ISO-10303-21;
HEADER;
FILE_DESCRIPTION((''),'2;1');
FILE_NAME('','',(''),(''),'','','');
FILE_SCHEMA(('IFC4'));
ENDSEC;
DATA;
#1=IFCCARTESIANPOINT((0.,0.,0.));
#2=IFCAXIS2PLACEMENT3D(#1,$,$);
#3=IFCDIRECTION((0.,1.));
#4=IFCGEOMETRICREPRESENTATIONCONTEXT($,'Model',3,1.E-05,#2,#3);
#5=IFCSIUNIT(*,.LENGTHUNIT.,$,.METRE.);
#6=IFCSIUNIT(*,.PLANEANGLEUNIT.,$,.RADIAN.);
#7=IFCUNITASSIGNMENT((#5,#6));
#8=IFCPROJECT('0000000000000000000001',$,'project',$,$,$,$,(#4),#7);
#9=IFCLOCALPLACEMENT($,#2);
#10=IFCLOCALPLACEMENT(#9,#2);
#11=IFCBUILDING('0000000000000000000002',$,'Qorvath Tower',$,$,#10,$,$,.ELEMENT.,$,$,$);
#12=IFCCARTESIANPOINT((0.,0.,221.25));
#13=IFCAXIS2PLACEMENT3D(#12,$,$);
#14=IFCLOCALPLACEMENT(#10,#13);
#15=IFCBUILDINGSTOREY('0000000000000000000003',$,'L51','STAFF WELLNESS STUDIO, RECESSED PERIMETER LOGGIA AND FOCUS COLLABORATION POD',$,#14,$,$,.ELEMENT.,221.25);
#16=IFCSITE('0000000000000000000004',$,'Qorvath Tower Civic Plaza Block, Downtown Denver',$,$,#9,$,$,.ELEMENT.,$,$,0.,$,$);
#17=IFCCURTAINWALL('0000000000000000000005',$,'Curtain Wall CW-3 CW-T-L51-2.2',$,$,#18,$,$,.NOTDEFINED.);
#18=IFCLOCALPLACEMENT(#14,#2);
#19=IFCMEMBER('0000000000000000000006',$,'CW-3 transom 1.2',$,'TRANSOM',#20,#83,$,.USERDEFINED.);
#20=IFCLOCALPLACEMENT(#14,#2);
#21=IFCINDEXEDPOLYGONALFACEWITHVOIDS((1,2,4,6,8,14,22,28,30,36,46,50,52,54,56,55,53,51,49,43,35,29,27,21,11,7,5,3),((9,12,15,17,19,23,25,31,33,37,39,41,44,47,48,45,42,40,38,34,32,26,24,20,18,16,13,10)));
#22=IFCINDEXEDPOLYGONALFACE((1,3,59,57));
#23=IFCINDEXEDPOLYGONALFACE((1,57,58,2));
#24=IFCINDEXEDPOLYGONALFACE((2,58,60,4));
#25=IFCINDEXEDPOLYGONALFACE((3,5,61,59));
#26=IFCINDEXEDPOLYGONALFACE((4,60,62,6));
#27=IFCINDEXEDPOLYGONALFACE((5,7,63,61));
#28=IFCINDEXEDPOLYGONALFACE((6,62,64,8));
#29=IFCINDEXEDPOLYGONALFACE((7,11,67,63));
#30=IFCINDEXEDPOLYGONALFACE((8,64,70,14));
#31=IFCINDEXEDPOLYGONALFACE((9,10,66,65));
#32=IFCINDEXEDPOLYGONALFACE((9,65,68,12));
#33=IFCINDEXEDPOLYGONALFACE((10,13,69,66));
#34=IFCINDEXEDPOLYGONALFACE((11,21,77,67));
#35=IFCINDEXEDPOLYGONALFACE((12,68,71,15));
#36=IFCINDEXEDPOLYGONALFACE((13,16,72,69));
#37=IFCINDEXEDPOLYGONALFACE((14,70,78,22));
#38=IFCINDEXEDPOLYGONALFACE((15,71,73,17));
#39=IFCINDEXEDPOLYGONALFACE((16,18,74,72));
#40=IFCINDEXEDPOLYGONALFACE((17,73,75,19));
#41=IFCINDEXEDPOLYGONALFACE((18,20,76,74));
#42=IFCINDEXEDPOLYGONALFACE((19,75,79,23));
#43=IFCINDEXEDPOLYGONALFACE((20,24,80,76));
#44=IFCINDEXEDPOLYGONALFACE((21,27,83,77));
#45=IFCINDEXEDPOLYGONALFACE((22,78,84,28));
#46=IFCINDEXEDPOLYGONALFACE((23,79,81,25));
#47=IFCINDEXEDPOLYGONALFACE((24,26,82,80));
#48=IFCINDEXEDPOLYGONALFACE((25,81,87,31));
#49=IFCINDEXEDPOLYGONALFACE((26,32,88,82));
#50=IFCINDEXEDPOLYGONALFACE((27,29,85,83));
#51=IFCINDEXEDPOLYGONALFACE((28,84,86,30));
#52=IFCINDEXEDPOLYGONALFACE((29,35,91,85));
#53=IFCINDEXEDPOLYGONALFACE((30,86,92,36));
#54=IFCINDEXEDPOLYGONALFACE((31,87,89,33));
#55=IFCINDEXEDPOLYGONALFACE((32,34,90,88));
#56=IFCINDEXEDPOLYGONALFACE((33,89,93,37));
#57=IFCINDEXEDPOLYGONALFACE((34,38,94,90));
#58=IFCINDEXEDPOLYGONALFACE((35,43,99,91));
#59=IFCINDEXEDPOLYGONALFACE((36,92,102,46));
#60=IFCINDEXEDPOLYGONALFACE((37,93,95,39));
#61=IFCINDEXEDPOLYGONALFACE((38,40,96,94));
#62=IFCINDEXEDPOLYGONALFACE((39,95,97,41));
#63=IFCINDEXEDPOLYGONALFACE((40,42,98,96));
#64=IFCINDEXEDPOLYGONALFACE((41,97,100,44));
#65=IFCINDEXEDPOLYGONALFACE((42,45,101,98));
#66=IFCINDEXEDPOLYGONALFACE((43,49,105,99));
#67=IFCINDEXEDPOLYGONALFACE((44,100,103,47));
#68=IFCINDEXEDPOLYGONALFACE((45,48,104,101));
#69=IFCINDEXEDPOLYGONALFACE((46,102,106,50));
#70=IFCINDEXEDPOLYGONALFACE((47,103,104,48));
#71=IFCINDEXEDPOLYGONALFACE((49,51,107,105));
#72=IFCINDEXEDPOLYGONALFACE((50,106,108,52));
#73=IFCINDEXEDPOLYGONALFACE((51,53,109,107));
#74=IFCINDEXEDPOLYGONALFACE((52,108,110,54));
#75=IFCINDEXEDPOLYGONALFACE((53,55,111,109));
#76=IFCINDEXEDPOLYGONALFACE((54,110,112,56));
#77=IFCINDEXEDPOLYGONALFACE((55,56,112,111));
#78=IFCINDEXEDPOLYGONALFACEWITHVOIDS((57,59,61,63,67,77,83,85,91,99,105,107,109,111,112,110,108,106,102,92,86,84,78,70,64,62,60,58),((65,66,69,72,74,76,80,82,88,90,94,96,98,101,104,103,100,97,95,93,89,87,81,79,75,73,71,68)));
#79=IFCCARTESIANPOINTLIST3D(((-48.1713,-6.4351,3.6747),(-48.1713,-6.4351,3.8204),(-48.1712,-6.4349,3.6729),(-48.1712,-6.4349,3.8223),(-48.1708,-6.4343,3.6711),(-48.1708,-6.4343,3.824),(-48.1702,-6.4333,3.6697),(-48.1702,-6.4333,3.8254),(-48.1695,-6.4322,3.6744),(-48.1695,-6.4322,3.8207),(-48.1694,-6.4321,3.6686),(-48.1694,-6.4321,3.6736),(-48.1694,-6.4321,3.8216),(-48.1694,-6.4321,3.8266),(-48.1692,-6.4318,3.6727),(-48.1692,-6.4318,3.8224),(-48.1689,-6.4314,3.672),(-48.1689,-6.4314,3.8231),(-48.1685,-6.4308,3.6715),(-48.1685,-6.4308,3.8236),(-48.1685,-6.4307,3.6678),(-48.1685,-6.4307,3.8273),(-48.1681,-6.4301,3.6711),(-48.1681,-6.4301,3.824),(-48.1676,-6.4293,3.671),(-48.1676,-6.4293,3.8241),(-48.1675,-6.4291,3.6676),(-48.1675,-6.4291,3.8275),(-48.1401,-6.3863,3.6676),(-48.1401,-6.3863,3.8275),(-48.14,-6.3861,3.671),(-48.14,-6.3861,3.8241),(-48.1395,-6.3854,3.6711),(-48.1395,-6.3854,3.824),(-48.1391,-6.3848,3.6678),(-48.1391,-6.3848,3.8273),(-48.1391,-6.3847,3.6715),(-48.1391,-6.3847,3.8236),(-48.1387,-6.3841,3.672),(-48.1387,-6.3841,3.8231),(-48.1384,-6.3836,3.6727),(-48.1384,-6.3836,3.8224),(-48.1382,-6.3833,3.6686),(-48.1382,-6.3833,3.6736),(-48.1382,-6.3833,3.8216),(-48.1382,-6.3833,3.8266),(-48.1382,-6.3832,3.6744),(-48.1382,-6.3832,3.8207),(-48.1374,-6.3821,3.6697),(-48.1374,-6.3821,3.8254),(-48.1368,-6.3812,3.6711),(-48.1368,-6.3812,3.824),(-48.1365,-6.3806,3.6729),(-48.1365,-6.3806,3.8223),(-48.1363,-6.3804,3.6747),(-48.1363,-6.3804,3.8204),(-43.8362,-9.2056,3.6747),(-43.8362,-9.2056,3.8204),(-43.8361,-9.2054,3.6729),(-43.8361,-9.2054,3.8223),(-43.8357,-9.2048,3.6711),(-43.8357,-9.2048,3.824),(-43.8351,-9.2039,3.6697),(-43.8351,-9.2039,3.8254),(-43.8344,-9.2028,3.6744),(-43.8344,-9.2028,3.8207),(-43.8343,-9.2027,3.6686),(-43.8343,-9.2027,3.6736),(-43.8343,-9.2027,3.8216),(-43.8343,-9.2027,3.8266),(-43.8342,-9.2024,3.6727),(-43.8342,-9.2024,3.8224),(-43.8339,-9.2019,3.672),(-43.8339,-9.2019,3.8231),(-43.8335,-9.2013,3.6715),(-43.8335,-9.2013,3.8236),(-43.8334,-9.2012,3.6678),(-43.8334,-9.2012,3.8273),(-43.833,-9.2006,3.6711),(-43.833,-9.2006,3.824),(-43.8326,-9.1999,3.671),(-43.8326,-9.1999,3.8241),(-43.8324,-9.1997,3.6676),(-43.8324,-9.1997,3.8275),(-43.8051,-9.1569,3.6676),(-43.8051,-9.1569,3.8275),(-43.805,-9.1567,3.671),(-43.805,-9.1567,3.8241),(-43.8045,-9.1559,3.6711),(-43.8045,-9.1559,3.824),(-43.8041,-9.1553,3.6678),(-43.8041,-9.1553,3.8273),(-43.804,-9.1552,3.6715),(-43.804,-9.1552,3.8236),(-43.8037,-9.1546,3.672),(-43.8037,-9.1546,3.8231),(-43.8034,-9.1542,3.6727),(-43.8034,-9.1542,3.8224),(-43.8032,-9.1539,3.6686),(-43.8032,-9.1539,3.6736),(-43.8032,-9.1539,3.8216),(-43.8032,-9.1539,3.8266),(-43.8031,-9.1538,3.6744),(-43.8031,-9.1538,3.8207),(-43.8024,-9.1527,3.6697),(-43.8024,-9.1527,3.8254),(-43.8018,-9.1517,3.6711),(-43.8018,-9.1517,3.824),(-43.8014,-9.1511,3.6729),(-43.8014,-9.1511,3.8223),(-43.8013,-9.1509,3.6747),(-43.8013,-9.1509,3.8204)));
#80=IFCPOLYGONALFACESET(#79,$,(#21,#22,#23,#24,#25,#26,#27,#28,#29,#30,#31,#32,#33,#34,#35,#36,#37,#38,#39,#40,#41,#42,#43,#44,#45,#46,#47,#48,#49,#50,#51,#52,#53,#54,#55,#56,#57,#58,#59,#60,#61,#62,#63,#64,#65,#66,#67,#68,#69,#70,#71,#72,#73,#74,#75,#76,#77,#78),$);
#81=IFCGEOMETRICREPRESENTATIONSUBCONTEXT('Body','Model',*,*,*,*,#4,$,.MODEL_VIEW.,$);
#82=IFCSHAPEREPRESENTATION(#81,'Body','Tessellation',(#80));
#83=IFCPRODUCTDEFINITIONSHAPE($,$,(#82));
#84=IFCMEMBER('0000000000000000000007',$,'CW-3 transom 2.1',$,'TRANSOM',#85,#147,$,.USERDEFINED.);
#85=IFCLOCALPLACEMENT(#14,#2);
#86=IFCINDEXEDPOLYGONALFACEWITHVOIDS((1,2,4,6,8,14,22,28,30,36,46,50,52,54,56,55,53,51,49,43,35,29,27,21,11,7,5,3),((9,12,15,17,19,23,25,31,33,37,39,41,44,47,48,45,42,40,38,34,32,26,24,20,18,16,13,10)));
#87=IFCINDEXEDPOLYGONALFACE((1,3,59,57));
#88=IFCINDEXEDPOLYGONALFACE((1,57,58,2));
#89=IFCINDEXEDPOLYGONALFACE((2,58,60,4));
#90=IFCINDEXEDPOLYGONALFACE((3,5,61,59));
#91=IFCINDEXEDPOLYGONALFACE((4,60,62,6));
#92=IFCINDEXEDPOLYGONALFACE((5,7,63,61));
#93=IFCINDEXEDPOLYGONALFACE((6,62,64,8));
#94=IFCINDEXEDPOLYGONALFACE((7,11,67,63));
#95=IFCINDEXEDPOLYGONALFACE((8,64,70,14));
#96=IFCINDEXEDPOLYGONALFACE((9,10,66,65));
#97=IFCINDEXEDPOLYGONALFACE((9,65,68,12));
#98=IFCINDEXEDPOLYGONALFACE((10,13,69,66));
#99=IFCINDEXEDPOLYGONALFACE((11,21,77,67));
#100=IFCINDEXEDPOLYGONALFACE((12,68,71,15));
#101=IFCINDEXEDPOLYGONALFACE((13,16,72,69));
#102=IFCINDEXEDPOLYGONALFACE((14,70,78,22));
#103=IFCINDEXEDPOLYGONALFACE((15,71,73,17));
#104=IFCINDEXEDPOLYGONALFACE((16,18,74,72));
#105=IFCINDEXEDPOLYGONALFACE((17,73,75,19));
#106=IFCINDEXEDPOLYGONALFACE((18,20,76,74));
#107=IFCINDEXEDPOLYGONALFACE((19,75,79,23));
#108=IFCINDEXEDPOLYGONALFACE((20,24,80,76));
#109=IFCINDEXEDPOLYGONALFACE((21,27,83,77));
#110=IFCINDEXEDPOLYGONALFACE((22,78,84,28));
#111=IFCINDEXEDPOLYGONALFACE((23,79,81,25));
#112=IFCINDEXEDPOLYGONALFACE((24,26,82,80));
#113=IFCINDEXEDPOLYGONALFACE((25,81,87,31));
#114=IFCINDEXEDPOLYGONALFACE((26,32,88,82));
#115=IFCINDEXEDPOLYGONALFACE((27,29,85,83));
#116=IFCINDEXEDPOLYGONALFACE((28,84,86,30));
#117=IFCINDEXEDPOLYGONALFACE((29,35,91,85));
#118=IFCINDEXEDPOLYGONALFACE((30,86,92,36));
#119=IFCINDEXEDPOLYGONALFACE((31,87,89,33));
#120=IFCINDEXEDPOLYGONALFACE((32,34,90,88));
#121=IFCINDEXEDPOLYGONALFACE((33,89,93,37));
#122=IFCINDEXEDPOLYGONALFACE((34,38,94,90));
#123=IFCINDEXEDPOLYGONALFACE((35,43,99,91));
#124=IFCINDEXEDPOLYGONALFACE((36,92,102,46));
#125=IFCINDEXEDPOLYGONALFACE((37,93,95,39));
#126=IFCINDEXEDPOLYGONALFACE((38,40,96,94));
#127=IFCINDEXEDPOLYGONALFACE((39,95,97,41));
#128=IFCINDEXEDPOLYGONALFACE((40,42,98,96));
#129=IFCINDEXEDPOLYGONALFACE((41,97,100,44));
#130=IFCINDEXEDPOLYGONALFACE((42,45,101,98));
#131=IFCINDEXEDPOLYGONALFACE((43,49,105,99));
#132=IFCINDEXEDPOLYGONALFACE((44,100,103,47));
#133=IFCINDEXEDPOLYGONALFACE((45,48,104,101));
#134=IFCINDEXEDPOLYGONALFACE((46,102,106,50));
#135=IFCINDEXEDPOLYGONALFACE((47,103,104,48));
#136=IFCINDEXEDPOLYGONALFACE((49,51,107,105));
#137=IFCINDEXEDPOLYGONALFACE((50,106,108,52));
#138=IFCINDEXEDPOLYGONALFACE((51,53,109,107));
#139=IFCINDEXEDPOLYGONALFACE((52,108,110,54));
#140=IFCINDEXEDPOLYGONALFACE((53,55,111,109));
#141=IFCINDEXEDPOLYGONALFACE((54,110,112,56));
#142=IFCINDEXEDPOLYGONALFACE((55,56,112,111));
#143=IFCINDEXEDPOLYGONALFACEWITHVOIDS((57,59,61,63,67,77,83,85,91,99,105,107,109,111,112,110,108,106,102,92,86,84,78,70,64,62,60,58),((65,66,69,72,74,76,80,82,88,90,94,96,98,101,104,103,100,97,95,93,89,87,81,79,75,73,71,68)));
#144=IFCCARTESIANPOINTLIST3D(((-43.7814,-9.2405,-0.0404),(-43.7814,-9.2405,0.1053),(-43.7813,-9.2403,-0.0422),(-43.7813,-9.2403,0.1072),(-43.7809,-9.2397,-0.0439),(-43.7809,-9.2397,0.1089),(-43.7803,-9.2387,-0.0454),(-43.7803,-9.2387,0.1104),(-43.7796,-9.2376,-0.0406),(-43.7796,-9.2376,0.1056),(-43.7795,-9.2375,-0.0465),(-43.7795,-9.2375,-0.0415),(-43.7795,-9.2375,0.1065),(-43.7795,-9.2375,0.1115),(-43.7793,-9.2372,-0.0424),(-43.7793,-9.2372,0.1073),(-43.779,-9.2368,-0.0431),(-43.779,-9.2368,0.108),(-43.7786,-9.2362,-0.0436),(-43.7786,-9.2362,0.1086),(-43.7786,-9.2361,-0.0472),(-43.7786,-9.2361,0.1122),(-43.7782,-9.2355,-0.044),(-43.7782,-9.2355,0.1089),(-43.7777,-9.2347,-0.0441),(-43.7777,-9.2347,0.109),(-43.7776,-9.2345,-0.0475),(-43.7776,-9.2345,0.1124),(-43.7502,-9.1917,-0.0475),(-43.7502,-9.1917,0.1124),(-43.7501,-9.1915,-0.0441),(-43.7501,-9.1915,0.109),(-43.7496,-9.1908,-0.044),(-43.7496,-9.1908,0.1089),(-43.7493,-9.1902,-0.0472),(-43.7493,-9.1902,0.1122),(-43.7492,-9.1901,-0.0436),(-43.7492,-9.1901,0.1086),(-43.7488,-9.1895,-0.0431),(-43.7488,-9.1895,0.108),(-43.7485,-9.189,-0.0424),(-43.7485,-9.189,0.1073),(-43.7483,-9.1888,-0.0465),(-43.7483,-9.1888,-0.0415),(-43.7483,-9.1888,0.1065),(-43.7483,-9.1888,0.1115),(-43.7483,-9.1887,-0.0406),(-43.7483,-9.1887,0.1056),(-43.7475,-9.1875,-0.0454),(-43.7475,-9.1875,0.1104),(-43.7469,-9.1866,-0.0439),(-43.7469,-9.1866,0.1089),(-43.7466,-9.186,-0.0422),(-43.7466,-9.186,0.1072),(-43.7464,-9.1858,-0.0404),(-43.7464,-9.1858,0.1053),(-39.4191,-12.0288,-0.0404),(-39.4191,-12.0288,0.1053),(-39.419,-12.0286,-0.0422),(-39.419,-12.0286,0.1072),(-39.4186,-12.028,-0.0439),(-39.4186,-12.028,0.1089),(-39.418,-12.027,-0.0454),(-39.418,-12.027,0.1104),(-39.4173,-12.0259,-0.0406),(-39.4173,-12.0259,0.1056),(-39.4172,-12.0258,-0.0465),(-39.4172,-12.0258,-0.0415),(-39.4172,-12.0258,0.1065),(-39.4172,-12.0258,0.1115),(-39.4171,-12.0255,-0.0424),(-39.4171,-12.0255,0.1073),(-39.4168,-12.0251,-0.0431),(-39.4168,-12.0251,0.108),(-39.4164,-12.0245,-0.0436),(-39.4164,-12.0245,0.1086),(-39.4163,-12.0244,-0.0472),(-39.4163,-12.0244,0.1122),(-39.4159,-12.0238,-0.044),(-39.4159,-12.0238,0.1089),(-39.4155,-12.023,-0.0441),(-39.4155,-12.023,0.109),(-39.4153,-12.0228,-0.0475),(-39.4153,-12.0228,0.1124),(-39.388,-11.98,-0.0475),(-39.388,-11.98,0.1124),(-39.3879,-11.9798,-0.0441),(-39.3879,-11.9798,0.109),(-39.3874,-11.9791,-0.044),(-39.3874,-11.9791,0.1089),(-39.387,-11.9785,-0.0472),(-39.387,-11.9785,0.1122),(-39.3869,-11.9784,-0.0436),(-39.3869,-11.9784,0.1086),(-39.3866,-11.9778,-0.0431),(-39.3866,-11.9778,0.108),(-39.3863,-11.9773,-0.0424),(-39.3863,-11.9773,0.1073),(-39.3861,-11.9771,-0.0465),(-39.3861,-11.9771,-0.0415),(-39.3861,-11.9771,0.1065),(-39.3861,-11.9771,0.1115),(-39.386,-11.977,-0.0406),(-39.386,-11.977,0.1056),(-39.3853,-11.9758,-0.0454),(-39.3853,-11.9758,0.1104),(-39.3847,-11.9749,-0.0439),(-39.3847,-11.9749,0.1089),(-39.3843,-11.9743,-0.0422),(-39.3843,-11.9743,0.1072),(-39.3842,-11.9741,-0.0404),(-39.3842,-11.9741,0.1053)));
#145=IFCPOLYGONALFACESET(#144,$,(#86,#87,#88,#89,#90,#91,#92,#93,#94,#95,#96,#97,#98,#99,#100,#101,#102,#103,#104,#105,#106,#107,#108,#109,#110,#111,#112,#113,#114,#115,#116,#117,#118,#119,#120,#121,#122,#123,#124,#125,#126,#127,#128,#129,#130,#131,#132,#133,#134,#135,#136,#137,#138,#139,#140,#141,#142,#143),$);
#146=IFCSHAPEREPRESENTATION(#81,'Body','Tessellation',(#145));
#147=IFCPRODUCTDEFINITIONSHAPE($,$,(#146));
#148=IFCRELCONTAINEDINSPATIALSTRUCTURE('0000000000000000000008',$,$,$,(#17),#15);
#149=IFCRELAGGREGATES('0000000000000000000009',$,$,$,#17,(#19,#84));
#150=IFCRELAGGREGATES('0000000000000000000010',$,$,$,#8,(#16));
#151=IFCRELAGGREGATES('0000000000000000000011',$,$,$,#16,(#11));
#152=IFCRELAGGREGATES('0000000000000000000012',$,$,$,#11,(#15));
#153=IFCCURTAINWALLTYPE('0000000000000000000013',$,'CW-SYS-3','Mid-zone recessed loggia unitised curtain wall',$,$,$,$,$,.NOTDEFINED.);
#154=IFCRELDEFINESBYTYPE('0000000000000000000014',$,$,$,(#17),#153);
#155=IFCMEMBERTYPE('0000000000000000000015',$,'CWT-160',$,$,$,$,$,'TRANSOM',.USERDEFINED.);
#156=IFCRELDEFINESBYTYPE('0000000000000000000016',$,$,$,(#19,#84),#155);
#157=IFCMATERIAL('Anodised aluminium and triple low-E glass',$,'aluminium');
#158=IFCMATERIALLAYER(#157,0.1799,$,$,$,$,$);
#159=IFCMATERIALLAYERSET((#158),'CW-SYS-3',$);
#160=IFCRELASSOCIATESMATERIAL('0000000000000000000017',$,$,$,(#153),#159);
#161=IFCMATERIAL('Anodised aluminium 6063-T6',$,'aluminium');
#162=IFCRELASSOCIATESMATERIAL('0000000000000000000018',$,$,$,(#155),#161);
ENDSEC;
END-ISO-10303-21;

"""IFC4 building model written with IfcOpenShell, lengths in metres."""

from ifc_helpers import new_model, si_unit, direction, frame, origin, origin_2d, place, context, subcontext, project, spatial, hollow_rectangle, extrude, material, layer, layer_set, material_profile, profile_set, type_object, element, aggregate, save


model = new_model("IFC4")

# Units and contexts
model_context = context("Model", 3, precision=1e-05, world=origin(), true_north=direction((0.0, 1.0)))
body_context = subcontext(model_context, "Body", "Model", "MODEL_VIEW")
ifc_project = project(units=[si_unit("LENGTHUNIT", "METRE"), si_unit("PLANEANGLEUNIT", "RADIAN")], contexts=[model_context])

# Site, building, storey
site_placement = place(None, origin())
site = spatial("IfcSite", under=ifc_project, at=site_placement, Name="Qorvath Tower Civic Plaza Block, Downtown Denver", CompositionType="ELEMENT", RefElevation=0.0)
building_placement = place(site_placement, origin())
building = spatial("IfcBuilding", under=site, at=building_placement, Name="Qorvath Tower", CompositionType="ELEMENT")
storey_placement = place(building_placement, frame((0.0, 0.0, 221.25)))
storey = spatial("IfcBuildingStorey", under=building, at=storey_placement, Name="L51", Description="STAFF WELLNESS STUDIO, RECESSED PERIMETER LOGGIA AND FOCUS COLLABORATION POD", CompositionType="ELEMENT", Elevation=221.25)

# Curtain wall
ifc_material_1 = material(Name="Anodised aluminium and triple low-E glass", Category="aluminium")
ifc_layer_1 = layer(ifc_material_1, 0.1799)
ifc_layer_set_1 = layer_set([ifc_layer_1], Name="CW-SYS-3")
curtain_wall_type = type_object("IfcCurtainWallType", Name="CW-SYS-3", Description="Mid-zone recessed loggia unitised curtain wall", PredefinedType="NOTDEFINED", material=ifc_layer_set_1)
curtain_wall_1_placement = place(storey_placement, origin())
curtain_wall_1 = element("IfcCurtainWall", 1, at=curtain_wall_1_placement, inside=storey, type_object=curtain_wall_type, Name="Curtain Wall CW-3 CW-T-L51-2.2", PredefinedType="NOTDEFINED")

# Members
ifc_material_2 = material(Name="Anodised aluminium 6063-T6", Category="aluminium")
ifc_material_profile_1 = material_profile(ifc_material_2, hollow_rectangle(XDim=0.0649, YDim=0.1599, WallThickness=0.0034, InnerFilletRadius=0.0034, OuterFilletRadius=0.0071, at=origin_2d()), Name="CWT 160x65")
ifc_profile_set_1 = profile_set([ifc_material_profile_1], Name="Anodised aluminium 6063-T6")
member_type_1 = type_object("IfcMemberType", Name="CWT-160", ElementType="TRANSOM", PredefinedType="USERDEFINED", material=ifc_profile_set_1)
member_1_placement = place(storey_placement, frame((-48.1538, -6.4077, 3.7476), z_axis=(0.842613, -0.53852, 0.0), x_axis=(0.53852, 0.842613, 0.0)))
member_1 = element("IfcMember", 2, at=member_1_placement, type_object=member_type_1, Name="CW-3 transom 1.2", ObjectType="TRANSOM", PredefinedType="USERDEFINED", context=body_context, shape_type="SweptSolid", body=[
    extrude(hollow_rectangle(XDim=0.0649, YDim=0.1599, WallThickness=0.0034, InnerFilletRadius=0.0034, OuterFilletRadius=0.0071, at=origin_2d()), origin(), (0.0, 0.0, 1.0), 5.1448),
])
member_2_placement = place(storey_placement, frame((-43.7639, -9.2131, 0.0325), z_axis=(0.842582, -0.538568, 0.0), x_axis=(0.538568, 0.842582, 0.0)))
member_2 = element("IfcMember", 3, at=member_2_placement, type_object=member_type_1, Name="CW-3 transom 2.1", ObjectType="TRANSOM", PredefinedType="USERDEFINED", context=body_context, shape_type="SweptSolid", body=[
    extrude(hollow_rectangle(XDim=0.0649, YDim=0.1599, WallThickness=0.0034, InnerFilletRadius=0.0034, OuterFilletRadius=0.0071, at=origin_2d()), origin(), (0.0, 0.0, 1.0), 5.1772),
])

aggregate(curtain_wall_1, [member_1, member_2])

save(model, "model.ifc")
